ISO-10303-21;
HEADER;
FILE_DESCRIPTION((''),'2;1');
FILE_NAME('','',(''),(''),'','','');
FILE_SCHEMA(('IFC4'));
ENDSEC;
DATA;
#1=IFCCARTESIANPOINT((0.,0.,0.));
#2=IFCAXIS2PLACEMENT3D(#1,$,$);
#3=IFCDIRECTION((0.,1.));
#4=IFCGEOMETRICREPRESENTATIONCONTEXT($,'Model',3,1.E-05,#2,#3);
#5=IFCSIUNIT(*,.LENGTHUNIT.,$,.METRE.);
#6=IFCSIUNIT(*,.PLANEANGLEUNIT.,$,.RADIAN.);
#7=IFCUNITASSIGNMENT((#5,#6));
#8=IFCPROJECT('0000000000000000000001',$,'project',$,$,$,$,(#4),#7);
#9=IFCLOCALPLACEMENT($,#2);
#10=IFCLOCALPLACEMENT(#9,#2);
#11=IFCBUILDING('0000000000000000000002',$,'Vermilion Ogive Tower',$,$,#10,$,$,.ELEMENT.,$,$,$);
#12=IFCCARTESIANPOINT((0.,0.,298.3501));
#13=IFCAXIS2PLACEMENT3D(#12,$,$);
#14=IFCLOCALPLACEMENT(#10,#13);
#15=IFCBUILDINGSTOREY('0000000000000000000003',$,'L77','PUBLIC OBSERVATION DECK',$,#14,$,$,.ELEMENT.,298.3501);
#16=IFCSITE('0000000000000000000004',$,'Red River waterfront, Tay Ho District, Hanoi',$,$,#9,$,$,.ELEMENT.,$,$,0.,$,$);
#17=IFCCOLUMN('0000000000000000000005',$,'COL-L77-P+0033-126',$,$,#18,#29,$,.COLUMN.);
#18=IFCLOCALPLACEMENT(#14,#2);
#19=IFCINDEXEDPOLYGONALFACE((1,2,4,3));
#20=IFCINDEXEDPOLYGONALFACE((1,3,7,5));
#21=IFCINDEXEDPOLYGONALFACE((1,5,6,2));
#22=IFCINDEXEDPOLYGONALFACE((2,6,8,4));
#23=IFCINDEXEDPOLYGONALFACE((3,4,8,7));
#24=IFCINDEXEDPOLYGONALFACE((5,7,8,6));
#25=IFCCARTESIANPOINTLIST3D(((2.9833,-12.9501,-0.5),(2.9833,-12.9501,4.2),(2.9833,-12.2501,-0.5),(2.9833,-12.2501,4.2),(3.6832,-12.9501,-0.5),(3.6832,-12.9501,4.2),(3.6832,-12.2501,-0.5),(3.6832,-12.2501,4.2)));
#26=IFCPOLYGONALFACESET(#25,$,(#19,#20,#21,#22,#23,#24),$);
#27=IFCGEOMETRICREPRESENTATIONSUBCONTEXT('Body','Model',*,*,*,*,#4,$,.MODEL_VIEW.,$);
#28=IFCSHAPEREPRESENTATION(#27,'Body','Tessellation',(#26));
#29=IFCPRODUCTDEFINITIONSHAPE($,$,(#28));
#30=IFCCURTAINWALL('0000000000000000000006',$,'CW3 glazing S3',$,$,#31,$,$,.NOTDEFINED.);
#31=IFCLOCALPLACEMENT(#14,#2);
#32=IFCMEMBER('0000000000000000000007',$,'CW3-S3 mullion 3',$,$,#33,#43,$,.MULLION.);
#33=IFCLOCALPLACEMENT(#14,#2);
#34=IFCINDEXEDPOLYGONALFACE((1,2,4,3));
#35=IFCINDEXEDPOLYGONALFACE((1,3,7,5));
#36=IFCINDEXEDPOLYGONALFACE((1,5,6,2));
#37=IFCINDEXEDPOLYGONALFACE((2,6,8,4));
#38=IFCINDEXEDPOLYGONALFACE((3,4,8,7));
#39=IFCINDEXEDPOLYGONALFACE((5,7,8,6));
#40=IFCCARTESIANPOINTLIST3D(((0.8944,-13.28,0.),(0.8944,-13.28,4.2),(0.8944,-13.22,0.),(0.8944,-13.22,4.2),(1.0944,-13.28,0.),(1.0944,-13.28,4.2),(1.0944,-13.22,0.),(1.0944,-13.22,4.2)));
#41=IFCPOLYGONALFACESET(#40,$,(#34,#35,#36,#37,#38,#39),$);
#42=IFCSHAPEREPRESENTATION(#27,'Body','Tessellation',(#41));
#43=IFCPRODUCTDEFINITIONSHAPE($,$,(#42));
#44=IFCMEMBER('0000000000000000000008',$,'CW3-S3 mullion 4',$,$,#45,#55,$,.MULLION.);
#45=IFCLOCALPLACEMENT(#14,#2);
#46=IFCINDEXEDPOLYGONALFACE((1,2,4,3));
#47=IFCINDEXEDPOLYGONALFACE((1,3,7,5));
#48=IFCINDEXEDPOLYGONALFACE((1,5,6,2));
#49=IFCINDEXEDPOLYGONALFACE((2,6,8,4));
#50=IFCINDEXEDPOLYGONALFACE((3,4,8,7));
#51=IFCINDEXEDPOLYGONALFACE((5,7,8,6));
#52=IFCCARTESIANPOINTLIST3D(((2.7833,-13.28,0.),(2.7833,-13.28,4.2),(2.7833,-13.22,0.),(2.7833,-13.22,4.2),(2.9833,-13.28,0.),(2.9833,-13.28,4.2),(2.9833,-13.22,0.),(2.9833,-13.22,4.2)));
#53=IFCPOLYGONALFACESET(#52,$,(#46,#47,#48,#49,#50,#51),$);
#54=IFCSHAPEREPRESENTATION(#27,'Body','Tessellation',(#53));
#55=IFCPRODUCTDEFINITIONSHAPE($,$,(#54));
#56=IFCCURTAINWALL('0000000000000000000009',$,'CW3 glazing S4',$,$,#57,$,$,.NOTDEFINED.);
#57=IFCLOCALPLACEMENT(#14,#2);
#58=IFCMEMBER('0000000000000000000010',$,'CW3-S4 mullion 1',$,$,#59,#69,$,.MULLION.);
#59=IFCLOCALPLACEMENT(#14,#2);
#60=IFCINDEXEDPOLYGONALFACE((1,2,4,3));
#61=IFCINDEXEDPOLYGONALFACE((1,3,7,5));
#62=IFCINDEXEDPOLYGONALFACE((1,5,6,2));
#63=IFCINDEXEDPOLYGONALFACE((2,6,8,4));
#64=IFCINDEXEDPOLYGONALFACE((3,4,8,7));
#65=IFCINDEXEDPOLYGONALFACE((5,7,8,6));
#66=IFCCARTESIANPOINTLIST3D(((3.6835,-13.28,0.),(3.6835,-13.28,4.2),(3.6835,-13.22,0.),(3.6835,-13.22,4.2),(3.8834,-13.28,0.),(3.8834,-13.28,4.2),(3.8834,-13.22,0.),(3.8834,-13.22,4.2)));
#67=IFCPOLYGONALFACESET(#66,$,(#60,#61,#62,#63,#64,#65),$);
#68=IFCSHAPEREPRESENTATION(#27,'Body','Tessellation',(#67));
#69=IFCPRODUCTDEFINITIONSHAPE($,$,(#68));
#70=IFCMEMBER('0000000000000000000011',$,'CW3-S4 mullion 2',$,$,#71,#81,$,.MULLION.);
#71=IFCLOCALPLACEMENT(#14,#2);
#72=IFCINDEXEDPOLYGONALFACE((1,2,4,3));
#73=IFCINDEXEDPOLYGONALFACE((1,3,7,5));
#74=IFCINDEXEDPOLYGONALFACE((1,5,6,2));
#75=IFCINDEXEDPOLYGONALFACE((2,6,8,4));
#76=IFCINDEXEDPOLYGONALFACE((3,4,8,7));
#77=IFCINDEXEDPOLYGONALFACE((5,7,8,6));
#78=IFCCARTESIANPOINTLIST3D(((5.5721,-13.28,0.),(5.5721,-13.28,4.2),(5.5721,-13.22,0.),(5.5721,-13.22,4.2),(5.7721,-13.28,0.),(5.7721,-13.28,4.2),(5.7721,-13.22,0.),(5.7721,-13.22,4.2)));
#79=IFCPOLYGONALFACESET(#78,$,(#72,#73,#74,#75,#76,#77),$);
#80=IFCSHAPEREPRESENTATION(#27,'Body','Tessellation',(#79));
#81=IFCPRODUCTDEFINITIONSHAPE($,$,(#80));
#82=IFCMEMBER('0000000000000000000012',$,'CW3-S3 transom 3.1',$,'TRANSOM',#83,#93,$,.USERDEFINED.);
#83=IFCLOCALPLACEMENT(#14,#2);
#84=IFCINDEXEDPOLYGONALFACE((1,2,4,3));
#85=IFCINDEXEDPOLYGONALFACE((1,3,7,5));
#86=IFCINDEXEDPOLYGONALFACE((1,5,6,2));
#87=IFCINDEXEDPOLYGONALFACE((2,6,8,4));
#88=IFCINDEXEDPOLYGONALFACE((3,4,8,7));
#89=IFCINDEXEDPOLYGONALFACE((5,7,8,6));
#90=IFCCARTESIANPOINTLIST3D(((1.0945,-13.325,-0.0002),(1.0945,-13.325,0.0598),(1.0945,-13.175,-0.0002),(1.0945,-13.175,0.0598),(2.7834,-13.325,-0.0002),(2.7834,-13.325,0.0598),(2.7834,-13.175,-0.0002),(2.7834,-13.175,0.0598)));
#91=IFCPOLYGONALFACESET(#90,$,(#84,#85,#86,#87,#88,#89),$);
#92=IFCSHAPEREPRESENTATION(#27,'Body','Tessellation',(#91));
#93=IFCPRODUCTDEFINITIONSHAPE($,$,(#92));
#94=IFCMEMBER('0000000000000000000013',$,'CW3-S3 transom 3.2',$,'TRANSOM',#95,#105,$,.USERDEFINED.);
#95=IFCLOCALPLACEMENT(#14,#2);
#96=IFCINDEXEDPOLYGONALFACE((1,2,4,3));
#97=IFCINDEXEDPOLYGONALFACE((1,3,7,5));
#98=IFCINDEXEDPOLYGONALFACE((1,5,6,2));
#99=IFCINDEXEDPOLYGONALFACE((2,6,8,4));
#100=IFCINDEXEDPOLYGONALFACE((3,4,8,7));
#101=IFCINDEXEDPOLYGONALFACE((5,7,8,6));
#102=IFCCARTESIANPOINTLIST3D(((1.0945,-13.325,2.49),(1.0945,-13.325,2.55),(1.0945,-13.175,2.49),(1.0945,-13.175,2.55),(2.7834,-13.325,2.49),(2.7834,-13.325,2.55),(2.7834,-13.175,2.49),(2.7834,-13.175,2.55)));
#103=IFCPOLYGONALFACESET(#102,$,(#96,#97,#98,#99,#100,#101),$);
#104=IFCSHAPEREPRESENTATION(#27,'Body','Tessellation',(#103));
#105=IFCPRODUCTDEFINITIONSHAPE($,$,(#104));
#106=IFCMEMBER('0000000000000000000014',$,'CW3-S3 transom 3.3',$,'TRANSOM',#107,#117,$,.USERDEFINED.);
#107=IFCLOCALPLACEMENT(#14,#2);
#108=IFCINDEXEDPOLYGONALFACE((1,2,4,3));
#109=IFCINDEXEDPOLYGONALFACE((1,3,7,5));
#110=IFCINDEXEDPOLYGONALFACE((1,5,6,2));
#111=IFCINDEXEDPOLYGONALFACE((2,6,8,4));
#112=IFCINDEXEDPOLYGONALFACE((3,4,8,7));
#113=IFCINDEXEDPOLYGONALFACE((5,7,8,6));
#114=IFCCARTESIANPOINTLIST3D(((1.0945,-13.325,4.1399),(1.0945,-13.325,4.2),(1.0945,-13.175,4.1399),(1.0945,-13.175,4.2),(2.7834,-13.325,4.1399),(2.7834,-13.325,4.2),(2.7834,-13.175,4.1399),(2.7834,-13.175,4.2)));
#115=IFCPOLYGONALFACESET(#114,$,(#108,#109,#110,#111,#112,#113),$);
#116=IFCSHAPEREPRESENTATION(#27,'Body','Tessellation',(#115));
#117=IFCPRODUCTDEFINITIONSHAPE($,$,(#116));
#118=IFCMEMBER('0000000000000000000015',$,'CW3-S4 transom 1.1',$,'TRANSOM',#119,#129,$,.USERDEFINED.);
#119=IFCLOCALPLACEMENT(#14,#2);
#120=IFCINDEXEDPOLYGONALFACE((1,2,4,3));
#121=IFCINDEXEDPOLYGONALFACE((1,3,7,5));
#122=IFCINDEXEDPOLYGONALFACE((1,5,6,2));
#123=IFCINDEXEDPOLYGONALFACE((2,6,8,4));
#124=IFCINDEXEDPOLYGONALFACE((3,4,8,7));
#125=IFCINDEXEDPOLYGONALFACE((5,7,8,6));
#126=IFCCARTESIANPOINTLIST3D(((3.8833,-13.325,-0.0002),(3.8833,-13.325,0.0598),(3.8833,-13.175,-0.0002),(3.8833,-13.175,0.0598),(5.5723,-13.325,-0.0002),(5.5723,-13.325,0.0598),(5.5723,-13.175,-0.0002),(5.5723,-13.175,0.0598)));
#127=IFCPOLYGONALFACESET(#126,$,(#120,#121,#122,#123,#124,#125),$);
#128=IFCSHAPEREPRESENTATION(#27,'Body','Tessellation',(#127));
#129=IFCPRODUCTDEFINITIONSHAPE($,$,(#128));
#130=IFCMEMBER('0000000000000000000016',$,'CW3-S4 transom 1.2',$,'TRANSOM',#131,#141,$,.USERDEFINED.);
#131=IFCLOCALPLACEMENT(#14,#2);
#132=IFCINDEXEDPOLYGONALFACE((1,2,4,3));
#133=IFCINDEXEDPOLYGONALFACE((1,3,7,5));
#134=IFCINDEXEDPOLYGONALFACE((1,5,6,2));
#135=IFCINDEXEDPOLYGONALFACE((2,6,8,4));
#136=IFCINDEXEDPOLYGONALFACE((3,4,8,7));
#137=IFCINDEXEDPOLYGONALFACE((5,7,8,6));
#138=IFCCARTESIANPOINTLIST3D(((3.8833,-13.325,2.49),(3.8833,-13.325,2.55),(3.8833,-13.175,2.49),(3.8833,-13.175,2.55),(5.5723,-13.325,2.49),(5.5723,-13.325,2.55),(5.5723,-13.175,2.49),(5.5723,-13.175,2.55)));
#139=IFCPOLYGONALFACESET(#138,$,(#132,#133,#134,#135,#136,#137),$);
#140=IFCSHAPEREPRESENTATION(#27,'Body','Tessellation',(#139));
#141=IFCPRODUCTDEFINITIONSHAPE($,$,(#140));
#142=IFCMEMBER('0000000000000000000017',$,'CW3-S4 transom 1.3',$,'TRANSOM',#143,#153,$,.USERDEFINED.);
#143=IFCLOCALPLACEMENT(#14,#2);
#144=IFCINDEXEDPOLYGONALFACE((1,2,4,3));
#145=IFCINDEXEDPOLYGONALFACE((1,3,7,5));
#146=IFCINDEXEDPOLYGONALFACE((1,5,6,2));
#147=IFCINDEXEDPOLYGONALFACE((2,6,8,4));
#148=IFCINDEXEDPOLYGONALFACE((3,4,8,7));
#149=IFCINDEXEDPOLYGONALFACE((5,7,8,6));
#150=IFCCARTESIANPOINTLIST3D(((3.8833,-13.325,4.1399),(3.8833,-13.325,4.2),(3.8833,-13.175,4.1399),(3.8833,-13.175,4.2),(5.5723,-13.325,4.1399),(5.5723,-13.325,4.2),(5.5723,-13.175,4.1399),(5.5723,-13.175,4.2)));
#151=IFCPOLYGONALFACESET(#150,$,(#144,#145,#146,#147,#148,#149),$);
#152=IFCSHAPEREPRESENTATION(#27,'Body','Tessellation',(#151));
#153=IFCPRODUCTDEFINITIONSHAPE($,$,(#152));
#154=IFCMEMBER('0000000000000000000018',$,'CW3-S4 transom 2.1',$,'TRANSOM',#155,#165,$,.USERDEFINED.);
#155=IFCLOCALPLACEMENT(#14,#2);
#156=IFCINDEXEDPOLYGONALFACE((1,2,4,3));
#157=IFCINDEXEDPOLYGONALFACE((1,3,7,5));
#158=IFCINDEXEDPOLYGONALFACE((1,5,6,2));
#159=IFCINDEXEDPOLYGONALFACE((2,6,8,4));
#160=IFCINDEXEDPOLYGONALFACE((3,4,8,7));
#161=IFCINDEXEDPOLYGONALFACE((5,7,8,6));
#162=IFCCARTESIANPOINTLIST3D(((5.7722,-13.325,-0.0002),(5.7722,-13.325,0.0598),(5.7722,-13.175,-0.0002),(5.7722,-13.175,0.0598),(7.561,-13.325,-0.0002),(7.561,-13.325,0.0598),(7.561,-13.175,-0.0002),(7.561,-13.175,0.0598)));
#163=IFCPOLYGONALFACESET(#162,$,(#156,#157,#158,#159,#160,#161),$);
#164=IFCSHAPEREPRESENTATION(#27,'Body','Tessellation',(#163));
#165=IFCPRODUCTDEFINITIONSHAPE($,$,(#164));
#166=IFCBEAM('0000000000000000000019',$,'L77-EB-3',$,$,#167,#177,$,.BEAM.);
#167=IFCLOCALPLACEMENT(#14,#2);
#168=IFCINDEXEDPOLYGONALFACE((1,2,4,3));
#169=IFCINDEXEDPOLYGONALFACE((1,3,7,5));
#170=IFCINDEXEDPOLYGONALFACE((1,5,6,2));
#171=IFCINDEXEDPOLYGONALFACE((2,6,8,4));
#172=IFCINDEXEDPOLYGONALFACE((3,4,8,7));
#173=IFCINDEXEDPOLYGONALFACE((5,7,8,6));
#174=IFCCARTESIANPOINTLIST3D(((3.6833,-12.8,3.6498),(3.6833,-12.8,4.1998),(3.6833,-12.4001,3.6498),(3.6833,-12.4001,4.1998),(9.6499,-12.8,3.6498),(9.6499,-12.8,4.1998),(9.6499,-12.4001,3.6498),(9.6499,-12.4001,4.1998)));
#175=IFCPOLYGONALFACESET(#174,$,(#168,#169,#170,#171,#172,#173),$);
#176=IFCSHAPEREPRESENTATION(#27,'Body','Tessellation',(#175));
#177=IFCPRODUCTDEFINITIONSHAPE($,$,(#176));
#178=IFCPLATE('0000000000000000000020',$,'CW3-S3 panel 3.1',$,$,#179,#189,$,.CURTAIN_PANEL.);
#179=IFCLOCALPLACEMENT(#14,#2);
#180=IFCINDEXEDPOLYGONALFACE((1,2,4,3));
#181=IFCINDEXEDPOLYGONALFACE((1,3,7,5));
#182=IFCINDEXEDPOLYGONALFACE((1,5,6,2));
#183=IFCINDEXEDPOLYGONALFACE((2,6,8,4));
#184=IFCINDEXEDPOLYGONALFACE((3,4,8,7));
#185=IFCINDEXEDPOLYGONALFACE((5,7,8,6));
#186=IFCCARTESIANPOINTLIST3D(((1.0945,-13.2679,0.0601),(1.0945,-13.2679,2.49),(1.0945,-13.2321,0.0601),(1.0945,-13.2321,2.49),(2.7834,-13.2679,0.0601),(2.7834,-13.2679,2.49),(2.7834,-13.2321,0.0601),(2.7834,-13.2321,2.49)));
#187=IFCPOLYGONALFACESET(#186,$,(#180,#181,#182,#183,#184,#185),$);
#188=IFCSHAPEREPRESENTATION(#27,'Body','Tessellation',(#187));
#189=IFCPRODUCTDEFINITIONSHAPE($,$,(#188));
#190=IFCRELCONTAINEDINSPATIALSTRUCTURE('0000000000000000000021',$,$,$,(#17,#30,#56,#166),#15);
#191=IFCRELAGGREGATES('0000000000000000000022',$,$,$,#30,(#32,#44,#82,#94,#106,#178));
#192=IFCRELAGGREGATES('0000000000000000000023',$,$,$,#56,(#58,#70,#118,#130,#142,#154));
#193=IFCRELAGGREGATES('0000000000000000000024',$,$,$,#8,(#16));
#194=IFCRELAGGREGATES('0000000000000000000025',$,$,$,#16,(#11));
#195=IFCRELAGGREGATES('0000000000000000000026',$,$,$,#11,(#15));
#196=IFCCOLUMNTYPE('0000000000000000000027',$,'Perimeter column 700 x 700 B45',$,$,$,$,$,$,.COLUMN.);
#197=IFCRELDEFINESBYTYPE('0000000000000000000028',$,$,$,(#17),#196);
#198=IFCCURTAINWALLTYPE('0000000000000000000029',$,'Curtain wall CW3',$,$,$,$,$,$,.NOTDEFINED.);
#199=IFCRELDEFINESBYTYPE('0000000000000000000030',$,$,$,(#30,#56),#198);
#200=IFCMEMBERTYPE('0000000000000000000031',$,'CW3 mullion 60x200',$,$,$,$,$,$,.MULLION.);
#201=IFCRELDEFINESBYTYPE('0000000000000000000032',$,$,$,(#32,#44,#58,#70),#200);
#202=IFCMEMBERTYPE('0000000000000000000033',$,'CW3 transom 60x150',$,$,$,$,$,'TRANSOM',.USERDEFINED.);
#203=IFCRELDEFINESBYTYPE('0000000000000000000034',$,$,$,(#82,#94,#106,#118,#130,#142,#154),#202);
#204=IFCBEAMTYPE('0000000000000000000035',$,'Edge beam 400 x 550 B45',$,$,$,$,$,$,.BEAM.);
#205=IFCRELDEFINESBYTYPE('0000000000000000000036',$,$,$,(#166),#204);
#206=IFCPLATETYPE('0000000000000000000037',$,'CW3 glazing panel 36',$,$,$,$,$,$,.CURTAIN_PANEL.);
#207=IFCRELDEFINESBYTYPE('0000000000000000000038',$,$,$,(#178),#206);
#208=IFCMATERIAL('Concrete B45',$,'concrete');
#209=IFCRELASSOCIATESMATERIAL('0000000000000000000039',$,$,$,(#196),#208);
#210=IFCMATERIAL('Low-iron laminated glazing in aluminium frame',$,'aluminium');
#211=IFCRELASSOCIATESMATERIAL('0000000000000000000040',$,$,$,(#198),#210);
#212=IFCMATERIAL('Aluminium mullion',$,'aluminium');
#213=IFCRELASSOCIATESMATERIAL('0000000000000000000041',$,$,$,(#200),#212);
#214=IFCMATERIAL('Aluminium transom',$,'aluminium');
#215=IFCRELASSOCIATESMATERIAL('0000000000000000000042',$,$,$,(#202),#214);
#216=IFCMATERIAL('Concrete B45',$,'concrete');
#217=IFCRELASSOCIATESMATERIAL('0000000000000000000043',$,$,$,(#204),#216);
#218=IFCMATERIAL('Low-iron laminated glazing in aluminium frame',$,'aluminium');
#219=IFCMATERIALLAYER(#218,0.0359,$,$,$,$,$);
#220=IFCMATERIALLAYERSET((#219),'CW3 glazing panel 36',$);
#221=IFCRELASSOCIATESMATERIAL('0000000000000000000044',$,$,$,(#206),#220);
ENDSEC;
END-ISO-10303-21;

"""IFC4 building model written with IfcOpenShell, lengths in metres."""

from ifc_helpers import new_model, si_unit, direction, frame, origin, origin_2d, place, context, subcontext, project, spatial, rectangle, extrude, material, layer, layer_set, material_profile, profile_set, type_object, element, aggregate, save


model = new_model("IFC4")

# Units and contexts
model_context = context("Model", 3, precision=1e-05, world=origin(), true_north=direction((0.0, 1.0)))
body_context = subcontext(model_context, "Body", "Model", "MODEL_VIEW")
ifc_project = project(units=[si_unit("LENGTHUNIT", "METRE"), si_unit("PLANEANGLEUNIT", "RADIAN")], contexts=[model_context])

# Site, building, storey
site_placement = place(None, origin())
site = spatial("IfcSite", under=ifc_project, at=site_placement, Name="Red River waterfront, Tay Ho District, Hanoi", CompositionType="ELEMENT", RefElevation=0.0)
building_placement = place(site_placement, origin())
building = spatial("IfcBuilding", under=site, at=building_placement, Name="Vermilion Ogive Tower", CompositionType="ELEMENT")
storey_placement = place(building_placement, frame((0.0, 0.0, 298.3501)))
storey = spatial("IfcBuildingStorey", under=building, at=storey_placement, Name="L77", Description="PUBLIC OBSERVATION DECK", CompositionType="ELEMENT", Elevation=298.3501)

# Column
ifc_material_1 = material(Name="Concrete B45", Category="concrete")
ifc_material_profile_1 = material_profile(ifc_material_1, rectangle(XDim=0.7, YDim=0.7, at=origin_2d()), Name="700 x 700")
ifc_profile_set_1 = profile_set([ifc_material_profile_1], Name="Concrete B45")
column_type = type_object("IfcColumnType", Name="Perimeter column 700 x 700 B45", PredefinedType="COLUMN", material=ifc_profile_set_1)
column_placement = place(storey_placement, frame((3.3333, -12.6001, -0.5), z_axis=(0.0, 0.0, 1.0), x_axis=(1.0, 0.0, 0.0)))
element("IfcColumn", 1, at=column_placement, inside=storey, type_object=column_type, Name="COL-L77-P+0033-126", PredefinedType="COLUMN", context=body_context, shape_type="SweptSolid", body=[
    extrude(rectangle(XDim=0.7, YDim=0.7, at=origin_2d()), origin(), (0.0, 0.0, 1.0), 4.7),
])

# Curtain walls, members
ifc_material_2 = material(Name="Low-iron laminated glazing in aluminium frame", Category="aluminium")
curtain_wall_type = type_object("IfcCurtainWallType", Name="Curtain wall CW3", PredefinedType="NOTDEFINED", material=ifc_material_2)
curtain_wall_1_placement = place(storey_placement, origin())
curtain_wall_1 = element("IfcCurtainWall", 2, at=curtain_wall_1_placement, inside=storey, type_object=curtain_wall_type, Name="CW3 glazing S3", PredefinedType="NOTDEFINED")
ifc_material_3 = material(Name="Aluminium mullion", Category="aluminium")
ifc_material_profile_2 = material_profile(ifc_material_3, rectangle(XDim=0.0601, YDim=0.2, at=origin_2d()), Name="AL 60x200")
ifc_profile_set_2 = profile_set([ifc_material_profile_2], Name="Aluminium mullion")
member_type_1 = type_object("IfcMemberType", Name="CW3 mullion 60x200", PredefinedType="MULLION", material=ifc_profile_set_2)
member_1_placement = place(storey_placement, frame((0.9944, -13.25, 0.0), z_axis=(0.0, 0.0, 1.0), x_axis=(0.0, 1.0, 0.0)))
member_1 = element("IfcMember", 3, at=member_1_placement, type_object=member_type_1, Name="CW3-S3 mullion 3", PredefinedType="MULLION", context=body_context, shape_type="SweptSolid", body=[
    extrude(rectangle(XDim=0.0601, YDim=0.2, at=origin_2d()), origin(), (0.0, 0.0, 1.0), 4.2),
])
member_2_placement = place(storey_placement, frame((2.8833, -13.25, 0.0), z_axis=(0.0, 0.0, 1.0), x_axis=(0.0, 1.0, 0.0)))
member_2 = element("IfcMember", 4, at=member_2_placement, type_object=member_type_1, Name="CW3-S3 mullion 4", PredefinedType="MULLION", context=body_context, shape_type="SweptSolid", body=[
    extrude(rectangle(XDim=0.0601, YDim=0.2, at=origin_2d()), origin(), (0.0, 0.0, 1.0), 4.2),
])
curtain_wall_2_placement = place(storey_placement, origin())
curtain_wall_2 = element("IfcCurtainWall", 5, at=curtain_wall_2_placement, inside=storey, type_object=curtain_wall_type, Name="CW3 glazing S4", PredefinedType="NOTDEFINED")
member_3_placement = place(storey_placement, frame((3.7834, -13.25, 0.0), z_axis=(0.0, 0.0, 1.0), x_axis=(0.0, 1.0, 0.0)))
member_3 = element("IfcMember", 6, at=member_3_placement, type_object=member_type_1, Name="CW3-S4 mullion 1", PredefinedType="MULLION", context=body_context, shape_type="SweptSolid", body=[
    extrude(rectangle(XDim=0.0601, YDim=0.2, at=origin_2d()), origin(), (0.0, 0.0, 1.0), 4.2),
])
member_4_placement = place(storey_placement, frame((5.6721, -13.25, 0.0), z_axis=(0.0, 0.0, 1.0), x_axis=(0.0, 1.0, 0.0)))
member_4 = element("IfcMember", 7, at=member_4_placement, type_object=member_type_1, Name="CW3-S4 mullion 2", PredefinedType="MULLION", context=body_context, shape_type="SweptSolid", body=[
    extrude(rectangle(XDim=0.0601, YDim=0.2, at=origin_2d()), origin(), (0.0, 0.0, 1.0), 4.2),
])

# Members
ifc_material_4 = material(Name="Aluminium transom", Category="aluminium")
ifc_material_profile_3 = material_profile(ifc_material_4, rectangle(XDim=0.1499, YDim=0.0601, at=origin_2d()), Name="AL 60x150")
ifc_profile_set_3 = profile_set([ifc_material_profile_3], Name="Aluminium transom")
member_type_2 = type_object("IfcMemberType", Name="CW3 transom 60x150", ElementType="TRANSOM", PredefinedType="USERDEFINED", material=ifc_profile_set_3)
member_5_placement = place(storey_placement, frame((1.0945, -13.25, 0.0298), z_axis=(1.0, 0.0, 0.0), x_axis=(0.0, 1.0, 0.0)))
member_5 = element("IfcMember", 8, at=member_5_placement, type_object=member_type_2, Name="CW3-S3 transom 3.1", ObjectType="TRANSOM", PredefinedType="USERDEFINED", context=body_context, shape_type="SweptSolid", body=[
    extrude(rectangle(XDim=0.1499, YDim=0.0601, at=origin_2d()), origin(), (0.0, 0.0, 1.0), 1.689),
])
member_6_placement = place(storey_placement, frame((1.0945, -13.25, 2.52), z_axis=(1.0, 0.0, 0.0), x_axis=(0.0, 1.0, 0.0)))
member_6 = element("IfcMember", 9, at=member_6_placement, type_object=member_type_2, Name="CW3-S3 transom 3.2", ObjectType="TRANSOM", PredefinedType="USERDEFINED", context=body_context, shape_type="SweptSolid", body=[
    extrude(rectangle(XDim=0.1499, YDim=0.0601, at=origin_2d()), origin(), (0.0, 0.0, 1.0), 1.689),
])
member_7_placement = place(storey_placement, frame((1.0945, -13.25, 4.1699), z_axis=(1.0, 0.0, 0.0), x_axis=(0.0, 1.0, 0.0)))
member_7 = element("IfcMember", 10, at=member_7_placement, type_object=member_type_2, Name="CW3-S3 transom 3.3", ObjectType="TRANSOM", PredefinedType="USERDEFINED", context=body_context, shape_type="SweptSolid", body=[
    extrude(rectangle(XDim=0.1499, YDim=0.0601, at=origin_2d()), origin(), (0.0, 0.0, 1.0), 1.689),
])
member_8_placement = place(storey_placement, frame((3.8833, -13.25, 0.0298), z_axis=(1.0, 0.0, 0.0), x_axis=(0.0, 1.0, 0.0)))
member_8 = element("IfcMember", 11, at=member_8_placement, type_object=member_type_2, Name="CW3-S4 transom 1.1", ObjectType="TRANSOM", PredefinedType="USERDEFINED", context=body_context, shape_type="SweptSolid", body=[
    extrude(rectangle(XDim=0.1499, YDim=0.0601, at=origin_2d()), origin(), (0.0, 0.0, 1.0), 1.689),
])
member_9_placement = place(storey_placement, frame((3.8833, -13.25, 2.52), z_axis=(1.0, 0.0, 0.0), x_axis=(0.0, 1.0, 0.0)))
member_9 = element("IfcMember", 12, at=member_9_placement, type_object=member_type_2, Name="CW3-S4 transom 1.2", ObjectType="TRANSOM", PredefinedType="USERDEFINED", context=body_context, shape_type="SweptSolid", body=[
    extrude(rectangle(XDim=0.1499, YDim=0.0601, at=origin_2d()), origin(), (0.0, 0.0, 1.0), 1.689),
])
member_10_placement = place(storey_placement, frame((3.8833, -13.25, 4.1699), z_axis=(1.0, 0.0, 0.0), x_axis=(0.0, 1.0, 0.0)))
member_10 = element("IfcMember", 13, at=member_10_placement, type_object=member_type_2, Name="CW3-S4 transom 1.3", ObjectType="TRANSOM", PredefinedType="USERDEFINED", context=body_context, shape_type="SweptSolid", body=[
    extrude(rectangle(XDim=0.1499, YDim=0.0601, at=origin_2d()), origin(), (0.0, 0.0, 1.0), 1.689),
])
member_11_placement = place(storey_placement, frame((5.7722, -13.25, 0.0298), z_axis=(1.0, 0.0, 0.0), x_axis=(0.0, 1.0, 0.0)))
member_11 = element("IfcMember", 14, at=member_11_placement, type_object=member_type_2, Name="CW3-S4 transom 2.1", ObjectType="TRANSOM", PredefinedType="USERDEFINED", context=body_context, shape_type="SweptSolid", body=[
    extrude(rectangle(XDim=0.1499, YDim=0.0601, at=origin_2d()), origin(), (0.0, 0.0, 1.0), 1.7888),
])

# Beam
ifc_material_5 = material(Name="Concrete B45", Category="concrete")
ifc_material_profile_4 = material_profile(ifc_material_5, rectangle(XDim=0.3999, YDim=0.55, at=origin_2d()), Name="400 x 550")
ifc_profile_set_4 = profile_set([ifc_material_profile_4], Name="Concrete B45")
beam_type = type_object("IfcBeamType", Name="Edge beam 400 x 550 B45", PredefinedType="BEAM", material=ifc_profile_set_4)
beam_placement = place(storey_placement, frame((3.6833, -12.6001, 3.9248), z_axis=(1.0, 0.0, 0.0), x_axis=(0.0, 1.0, 0.0)))
element("IfcBeam", 15, at=beam_placement, inside=storey, type_object=beam_type, Name="L77-EB-3", PredefinedType="BEAM", context=body_context, shape_type="SweptSolid", body=[
    extrude(rectangle(XDim=0.3999, YDim=0.55, at=origin_2d()), origin(), (0.0, 0.0, 1.0), 5.9666),
])

# Plate
ifc_material_6 = material(Name="Low-iron laminated glazing in aluminium frame", Category="aluminium")
ifc_layer_1 = layer(ifc_material_6, 0.0359)
ifc_layer_set_1 = layer_set([ifc_layer_1], Name="CW3 glazing panel 36")
plate_type = type_object("IfcPlateType", Name="CW3 glazing panel 36", PredefinedType="CURTAIN_PANEL", material=ifc_layer_set_1)
plate_1_placement = place(storey_placement, frame((1.939, -13.25, 0.0601), z_axis=(0.0, 0.0, 1.0), x_axis=(1.0, 0.0, 0.0)))
plate_1 = element("IfcPlate", 16, at=plate_1_placement, type_object=plate_type, Name="CW3-S3 panel 3.1", PredefinedType="CURTAIN_PANEL", context=body_context, shape_type="SweptSolid", body=[
    extrude(rectangle(XDim=1.689, YDim=0.0359, at=origin_2d()), origin(), (0.0, 0.0, 1.0), 2.4299),
])
aggregate(curtain_wall_1, [member_1, member_2, member_5, member_6, member_7, plate_1])
aggregate(curtain_wall_2, [member_3, member_4, member_8, member_9, member_10, member_11])

save(model, "model.ifc")
